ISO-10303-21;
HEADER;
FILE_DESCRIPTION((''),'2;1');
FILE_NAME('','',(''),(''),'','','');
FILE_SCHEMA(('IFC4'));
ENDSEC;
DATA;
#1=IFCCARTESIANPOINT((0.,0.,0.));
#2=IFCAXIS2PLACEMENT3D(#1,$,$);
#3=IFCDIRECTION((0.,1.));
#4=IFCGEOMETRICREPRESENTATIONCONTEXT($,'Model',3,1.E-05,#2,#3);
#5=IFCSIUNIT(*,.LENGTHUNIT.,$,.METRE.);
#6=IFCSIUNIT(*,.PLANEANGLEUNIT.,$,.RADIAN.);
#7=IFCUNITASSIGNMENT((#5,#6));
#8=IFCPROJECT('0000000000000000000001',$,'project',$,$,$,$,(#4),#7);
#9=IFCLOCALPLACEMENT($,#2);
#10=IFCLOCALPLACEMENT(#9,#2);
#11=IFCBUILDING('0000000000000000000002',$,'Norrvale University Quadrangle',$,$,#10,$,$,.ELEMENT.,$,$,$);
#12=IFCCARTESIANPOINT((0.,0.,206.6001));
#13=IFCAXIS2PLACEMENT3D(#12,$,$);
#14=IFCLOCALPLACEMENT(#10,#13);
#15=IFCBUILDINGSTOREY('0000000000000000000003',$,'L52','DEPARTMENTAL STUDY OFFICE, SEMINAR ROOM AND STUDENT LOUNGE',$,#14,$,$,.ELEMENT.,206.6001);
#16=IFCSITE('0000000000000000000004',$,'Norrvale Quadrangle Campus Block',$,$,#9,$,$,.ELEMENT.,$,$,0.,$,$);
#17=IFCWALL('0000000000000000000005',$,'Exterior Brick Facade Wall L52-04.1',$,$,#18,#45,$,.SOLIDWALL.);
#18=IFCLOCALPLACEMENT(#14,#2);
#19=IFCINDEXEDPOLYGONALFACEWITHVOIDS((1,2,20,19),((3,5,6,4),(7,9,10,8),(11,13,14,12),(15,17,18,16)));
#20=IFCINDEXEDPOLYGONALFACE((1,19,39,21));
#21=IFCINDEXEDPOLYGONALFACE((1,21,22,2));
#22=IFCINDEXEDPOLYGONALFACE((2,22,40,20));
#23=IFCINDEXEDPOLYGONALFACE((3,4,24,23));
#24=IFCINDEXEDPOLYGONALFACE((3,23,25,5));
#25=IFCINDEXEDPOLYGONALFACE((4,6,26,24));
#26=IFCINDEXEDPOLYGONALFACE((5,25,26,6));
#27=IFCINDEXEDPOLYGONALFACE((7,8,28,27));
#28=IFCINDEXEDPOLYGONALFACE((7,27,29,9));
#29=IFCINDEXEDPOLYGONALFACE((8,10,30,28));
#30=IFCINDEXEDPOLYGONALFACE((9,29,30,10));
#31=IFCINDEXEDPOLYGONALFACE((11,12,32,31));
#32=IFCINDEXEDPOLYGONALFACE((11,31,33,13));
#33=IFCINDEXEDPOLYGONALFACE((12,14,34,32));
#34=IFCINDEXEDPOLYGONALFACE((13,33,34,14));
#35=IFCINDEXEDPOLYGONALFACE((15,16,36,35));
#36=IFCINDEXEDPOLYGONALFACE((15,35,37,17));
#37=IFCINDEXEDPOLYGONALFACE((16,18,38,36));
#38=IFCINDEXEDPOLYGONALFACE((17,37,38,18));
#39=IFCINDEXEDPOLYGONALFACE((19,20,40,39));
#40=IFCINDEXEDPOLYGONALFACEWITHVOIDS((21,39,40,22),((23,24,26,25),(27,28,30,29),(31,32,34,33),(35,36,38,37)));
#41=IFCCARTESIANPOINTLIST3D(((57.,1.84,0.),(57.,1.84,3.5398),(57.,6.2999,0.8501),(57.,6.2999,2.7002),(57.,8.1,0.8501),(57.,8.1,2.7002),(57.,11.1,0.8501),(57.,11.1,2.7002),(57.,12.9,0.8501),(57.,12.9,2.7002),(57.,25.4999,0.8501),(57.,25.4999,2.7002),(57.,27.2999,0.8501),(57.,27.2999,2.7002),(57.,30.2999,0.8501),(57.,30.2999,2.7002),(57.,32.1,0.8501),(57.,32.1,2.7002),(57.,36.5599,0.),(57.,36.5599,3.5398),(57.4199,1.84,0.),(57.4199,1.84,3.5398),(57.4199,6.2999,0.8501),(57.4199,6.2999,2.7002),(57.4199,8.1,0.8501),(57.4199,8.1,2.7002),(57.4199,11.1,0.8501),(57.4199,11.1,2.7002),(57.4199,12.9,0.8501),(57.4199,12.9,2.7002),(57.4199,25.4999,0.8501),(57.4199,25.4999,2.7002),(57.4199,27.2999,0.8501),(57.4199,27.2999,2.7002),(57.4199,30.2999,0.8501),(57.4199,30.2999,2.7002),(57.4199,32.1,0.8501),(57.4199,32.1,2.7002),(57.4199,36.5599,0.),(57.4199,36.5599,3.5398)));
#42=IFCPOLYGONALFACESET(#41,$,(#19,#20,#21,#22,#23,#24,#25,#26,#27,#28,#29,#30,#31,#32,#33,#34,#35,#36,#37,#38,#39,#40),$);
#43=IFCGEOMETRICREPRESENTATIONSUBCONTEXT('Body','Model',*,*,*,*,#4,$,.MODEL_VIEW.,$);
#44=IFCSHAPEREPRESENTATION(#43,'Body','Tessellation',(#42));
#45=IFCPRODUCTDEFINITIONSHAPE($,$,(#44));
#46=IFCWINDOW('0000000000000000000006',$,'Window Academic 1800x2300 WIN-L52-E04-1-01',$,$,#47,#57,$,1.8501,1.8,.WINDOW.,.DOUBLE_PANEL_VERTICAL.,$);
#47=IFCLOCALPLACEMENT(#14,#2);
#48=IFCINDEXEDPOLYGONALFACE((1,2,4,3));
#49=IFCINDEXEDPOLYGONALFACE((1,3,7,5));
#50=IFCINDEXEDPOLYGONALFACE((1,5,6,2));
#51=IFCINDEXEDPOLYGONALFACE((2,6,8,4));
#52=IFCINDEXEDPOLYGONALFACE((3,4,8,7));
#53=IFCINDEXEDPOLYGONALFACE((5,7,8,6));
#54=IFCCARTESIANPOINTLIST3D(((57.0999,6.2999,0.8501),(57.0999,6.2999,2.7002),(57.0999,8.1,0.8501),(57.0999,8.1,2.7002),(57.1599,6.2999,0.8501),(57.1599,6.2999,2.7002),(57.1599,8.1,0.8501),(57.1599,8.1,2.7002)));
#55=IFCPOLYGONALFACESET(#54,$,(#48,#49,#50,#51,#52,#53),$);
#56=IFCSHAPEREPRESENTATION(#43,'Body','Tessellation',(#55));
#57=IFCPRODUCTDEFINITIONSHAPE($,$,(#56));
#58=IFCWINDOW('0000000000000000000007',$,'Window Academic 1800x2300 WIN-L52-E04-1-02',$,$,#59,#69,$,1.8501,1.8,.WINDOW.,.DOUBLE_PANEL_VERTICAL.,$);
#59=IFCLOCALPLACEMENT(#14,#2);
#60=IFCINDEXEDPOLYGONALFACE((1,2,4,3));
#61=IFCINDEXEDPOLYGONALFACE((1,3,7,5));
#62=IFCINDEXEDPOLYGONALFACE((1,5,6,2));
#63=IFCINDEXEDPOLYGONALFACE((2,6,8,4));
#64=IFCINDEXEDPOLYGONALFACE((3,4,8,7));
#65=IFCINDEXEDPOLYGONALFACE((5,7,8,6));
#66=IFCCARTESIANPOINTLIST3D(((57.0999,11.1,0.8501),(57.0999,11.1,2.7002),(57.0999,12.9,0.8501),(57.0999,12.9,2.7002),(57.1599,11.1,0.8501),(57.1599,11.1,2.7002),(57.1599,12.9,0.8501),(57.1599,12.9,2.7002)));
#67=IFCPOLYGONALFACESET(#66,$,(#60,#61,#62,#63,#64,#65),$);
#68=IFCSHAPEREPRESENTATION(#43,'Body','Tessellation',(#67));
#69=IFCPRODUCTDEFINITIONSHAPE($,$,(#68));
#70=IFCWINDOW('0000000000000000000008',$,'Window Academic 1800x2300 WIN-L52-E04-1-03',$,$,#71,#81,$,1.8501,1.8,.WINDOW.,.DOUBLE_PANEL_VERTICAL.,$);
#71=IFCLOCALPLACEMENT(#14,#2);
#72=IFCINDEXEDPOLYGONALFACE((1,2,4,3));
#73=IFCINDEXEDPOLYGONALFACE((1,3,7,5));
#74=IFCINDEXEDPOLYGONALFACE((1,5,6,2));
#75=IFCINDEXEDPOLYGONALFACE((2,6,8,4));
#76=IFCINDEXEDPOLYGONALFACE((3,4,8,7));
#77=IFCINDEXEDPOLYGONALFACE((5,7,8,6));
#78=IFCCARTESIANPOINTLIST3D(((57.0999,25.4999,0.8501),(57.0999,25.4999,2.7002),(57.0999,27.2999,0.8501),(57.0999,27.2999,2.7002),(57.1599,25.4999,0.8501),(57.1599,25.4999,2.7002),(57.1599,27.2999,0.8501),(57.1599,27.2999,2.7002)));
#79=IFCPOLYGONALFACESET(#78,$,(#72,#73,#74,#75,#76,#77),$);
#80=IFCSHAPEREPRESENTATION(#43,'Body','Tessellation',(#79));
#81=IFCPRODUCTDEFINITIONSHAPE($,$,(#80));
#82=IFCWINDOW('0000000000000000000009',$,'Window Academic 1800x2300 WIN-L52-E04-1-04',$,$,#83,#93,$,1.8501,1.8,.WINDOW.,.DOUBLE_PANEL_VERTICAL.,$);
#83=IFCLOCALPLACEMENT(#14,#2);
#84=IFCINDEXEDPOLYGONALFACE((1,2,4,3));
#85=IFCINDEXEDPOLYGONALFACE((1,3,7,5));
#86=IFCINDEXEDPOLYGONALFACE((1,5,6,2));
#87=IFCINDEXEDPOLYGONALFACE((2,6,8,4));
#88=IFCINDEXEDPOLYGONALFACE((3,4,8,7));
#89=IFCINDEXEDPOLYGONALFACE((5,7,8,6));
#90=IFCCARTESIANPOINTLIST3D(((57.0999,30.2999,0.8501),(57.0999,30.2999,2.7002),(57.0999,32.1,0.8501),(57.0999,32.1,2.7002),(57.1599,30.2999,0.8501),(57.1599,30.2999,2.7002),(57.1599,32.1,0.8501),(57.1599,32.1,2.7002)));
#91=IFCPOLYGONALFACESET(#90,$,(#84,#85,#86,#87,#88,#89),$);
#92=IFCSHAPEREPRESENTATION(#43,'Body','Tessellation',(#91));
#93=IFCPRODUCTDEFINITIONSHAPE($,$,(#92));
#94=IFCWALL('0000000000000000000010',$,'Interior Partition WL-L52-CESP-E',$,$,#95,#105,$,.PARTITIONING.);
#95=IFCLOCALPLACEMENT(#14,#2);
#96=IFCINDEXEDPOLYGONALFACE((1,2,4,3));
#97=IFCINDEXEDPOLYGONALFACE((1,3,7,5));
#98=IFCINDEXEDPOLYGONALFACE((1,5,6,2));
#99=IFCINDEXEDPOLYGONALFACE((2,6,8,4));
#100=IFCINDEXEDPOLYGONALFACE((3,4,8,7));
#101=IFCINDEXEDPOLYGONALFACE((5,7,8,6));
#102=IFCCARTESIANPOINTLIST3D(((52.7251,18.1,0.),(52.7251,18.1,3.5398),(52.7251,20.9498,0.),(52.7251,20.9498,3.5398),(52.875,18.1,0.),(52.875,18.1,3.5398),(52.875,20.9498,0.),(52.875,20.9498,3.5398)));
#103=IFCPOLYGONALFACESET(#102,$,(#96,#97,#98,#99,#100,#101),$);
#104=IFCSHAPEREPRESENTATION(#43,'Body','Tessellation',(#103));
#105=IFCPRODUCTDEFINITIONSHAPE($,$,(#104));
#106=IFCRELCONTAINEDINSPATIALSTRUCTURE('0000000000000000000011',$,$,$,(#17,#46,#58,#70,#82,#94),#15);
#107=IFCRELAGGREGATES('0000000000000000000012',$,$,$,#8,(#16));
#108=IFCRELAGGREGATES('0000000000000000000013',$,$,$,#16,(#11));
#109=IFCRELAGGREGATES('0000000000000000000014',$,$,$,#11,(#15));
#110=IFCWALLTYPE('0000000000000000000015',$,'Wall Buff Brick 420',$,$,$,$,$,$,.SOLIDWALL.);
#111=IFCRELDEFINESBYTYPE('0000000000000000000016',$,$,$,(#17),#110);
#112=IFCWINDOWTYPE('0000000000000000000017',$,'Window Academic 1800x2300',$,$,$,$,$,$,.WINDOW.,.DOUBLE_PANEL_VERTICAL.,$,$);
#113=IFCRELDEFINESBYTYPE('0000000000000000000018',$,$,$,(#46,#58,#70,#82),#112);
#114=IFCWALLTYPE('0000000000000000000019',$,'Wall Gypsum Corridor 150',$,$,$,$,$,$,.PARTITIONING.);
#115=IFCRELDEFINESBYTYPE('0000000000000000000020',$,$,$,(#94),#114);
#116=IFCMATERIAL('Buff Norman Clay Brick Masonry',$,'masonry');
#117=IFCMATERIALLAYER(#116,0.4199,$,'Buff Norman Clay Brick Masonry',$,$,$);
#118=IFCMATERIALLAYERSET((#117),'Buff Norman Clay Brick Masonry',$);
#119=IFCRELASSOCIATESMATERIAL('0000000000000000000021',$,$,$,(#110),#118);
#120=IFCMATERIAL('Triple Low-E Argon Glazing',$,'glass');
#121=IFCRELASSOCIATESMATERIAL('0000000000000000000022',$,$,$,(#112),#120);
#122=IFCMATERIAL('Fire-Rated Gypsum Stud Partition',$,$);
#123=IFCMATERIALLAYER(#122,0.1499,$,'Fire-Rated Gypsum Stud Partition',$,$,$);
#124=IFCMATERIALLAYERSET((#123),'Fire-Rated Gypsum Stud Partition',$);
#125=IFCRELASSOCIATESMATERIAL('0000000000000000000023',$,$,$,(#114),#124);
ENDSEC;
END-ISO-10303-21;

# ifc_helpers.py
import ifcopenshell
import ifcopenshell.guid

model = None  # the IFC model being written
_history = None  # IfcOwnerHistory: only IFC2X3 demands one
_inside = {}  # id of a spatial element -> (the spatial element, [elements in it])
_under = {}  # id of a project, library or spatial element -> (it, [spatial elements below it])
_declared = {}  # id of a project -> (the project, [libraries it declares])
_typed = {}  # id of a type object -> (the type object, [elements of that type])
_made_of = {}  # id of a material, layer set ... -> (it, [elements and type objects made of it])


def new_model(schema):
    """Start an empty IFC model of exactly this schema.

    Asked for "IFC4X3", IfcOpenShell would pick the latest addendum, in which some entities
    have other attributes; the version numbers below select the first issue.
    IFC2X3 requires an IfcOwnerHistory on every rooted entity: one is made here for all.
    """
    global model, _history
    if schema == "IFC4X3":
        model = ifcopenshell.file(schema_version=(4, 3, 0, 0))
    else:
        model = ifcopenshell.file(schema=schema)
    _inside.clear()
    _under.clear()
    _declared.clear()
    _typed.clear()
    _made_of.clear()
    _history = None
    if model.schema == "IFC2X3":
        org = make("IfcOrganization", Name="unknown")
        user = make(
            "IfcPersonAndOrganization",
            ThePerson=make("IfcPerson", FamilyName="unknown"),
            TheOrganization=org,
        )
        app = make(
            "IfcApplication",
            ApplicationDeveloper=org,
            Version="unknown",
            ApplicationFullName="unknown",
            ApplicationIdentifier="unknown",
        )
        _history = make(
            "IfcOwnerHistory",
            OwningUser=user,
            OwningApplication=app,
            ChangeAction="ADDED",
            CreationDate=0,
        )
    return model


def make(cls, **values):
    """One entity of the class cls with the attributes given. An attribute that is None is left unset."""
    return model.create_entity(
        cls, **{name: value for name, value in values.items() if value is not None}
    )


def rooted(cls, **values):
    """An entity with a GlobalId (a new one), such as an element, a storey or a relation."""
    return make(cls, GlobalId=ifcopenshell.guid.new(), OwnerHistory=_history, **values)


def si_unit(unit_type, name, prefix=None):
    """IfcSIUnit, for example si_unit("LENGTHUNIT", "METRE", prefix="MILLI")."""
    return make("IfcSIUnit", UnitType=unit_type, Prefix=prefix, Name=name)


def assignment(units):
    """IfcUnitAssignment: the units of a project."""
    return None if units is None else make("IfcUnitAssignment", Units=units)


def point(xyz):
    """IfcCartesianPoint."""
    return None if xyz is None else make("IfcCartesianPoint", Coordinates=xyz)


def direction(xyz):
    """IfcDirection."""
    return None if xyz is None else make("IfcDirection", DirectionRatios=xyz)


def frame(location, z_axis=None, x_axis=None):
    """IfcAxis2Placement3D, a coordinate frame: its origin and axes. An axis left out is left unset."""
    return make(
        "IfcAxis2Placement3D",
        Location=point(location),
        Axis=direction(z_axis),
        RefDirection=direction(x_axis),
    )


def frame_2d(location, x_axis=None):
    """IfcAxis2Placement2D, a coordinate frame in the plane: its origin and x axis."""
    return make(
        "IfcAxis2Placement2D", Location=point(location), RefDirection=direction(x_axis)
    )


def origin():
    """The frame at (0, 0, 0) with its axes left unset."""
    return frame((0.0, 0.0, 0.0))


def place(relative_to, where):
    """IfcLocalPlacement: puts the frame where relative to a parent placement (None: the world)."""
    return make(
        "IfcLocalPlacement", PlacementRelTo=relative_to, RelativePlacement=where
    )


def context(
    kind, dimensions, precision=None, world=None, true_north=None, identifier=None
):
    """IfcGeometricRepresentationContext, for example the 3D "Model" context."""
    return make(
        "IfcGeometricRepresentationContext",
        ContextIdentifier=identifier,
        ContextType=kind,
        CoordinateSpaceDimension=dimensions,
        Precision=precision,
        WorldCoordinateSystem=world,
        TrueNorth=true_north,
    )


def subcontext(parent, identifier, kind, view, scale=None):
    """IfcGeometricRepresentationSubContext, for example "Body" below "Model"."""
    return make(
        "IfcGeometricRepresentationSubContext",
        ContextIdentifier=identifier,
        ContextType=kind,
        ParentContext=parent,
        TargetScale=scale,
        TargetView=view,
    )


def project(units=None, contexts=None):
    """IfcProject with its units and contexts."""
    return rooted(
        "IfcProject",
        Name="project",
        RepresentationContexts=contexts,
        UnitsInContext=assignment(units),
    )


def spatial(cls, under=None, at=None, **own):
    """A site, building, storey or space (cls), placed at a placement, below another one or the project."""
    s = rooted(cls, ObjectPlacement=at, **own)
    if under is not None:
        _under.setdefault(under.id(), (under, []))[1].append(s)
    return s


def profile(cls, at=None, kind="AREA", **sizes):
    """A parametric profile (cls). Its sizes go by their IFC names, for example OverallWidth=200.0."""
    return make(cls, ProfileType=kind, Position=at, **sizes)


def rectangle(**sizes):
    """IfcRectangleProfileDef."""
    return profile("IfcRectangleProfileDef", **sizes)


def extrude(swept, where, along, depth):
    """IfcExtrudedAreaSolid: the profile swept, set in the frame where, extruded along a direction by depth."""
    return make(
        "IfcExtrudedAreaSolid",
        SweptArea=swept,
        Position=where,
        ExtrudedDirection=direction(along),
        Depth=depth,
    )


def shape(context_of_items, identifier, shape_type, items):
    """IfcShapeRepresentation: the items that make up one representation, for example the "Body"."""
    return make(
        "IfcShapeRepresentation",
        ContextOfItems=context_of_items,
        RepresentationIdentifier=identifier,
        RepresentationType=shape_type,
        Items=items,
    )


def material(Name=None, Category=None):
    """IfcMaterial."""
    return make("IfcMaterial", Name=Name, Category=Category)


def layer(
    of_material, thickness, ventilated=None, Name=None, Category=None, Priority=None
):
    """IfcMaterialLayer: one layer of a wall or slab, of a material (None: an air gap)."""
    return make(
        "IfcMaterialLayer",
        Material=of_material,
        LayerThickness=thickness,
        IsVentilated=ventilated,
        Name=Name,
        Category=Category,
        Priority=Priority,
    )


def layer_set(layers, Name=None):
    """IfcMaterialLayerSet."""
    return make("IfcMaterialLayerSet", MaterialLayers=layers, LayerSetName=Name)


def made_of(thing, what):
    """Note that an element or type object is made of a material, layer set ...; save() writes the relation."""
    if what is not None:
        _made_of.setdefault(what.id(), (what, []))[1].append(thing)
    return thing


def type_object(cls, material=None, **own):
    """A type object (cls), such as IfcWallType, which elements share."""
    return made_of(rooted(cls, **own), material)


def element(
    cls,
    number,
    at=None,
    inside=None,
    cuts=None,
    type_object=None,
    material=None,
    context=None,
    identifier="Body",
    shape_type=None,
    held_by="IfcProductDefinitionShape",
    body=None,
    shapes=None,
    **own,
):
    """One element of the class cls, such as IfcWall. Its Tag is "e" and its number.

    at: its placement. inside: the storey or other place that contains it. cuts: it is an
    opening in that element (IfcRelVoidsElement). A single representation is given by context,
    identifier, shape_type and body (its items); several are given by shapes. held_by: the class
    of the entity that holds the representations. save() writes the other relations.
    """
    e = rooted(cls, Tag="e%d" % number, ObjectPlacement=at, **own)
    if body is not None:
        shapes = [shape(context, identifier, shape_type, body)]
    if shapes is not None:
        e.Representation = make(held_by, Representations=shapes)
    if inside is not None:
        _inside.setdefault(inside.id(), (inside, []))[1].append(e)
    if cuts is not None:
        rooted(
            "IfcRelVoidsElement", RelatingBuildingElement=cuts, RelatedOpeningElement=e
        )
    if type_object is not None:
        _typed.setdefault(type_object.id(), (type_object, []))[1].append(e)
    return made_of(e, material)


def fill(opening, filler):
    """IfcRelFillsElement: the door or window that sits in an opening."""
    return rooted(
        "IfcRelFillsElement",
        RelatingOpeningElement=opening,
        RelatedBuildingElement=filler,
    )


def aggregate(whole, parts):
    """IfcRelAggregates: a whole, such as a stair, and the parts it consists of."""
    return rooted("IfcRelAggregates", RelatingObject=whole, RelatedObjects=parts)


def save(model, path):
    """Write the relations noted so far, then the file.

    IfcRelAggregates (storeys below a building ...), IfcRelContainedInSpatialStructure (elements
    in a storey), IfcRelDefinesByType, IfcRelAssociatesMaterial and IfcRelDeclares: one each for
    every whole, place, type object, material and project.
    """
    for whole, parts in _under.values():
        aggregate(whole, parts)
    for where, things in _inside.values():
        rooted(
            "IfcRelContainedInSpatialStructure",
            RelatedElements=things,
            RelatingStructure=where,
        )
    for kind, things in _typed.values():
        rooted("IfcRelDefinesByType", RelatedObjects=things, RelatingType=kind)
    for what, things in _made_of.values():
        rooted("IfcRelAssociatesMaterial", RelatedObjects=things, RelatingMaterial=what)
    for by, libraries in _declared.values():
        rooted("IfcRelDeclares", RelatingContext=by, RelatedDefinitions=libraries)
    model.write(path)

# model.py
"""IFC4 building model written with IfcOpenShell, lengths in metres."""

from ifc_helpers import new_model, si_unit, direction, frame, frame_2d, origin, place, context, subcontext, project, spatial, rectangle, extrude, material, layer, layer_set, type_object, element, fill, save


model = new_model("IFC4")

# Units and contexts
model_context = context("Model", 3, precision=1e-05, world=origin(), true_north=direction((0.0, 1.0)))
body_context = subcontext(model_context, "Body", "Model", "MODEL_VIEW")
ifc_project = project(units=[si_unit("LENGTHUNIT", "METRE"), si_unit("PLANEANGLEUNIT", "RADIAN")], contexts=[model_context])

# Site, building, storey
site_placement = place(None, origin())
site = spatial("IfcSite", under=ifc_project, at=site_placement, Name="Norrvale Quadrangle Campus Block", CompositionType="ELEMENT", RefElevation=0.0)
building_placement = place(site_placement, origin())
building = spatial("IfcBuilding", under=site, at=building_placement, Name="Norrvale University Quadrangle", CompositionType="ELEMENT")
storey_placement = place(building_placement, frame((0.0, 0.0, 206.6001)))
storey = spatial("IfcBuildingStorey", under=building, at=storey_placement, Name="L52", Description="DEPARTMENTAL STUDY OFFICE, SEMINAR ROOM AND STUDENT LOUNGE", CompositionType="ELEMENT", Elevation=206.6001)

# Shared definitions
ifc_material_1 = material(Name="Buff Norman Clay Brick Masonry", Category="masonry")
ifc_layer_1 = layer(ifc_material_1, 0.4199, Name="Buff Norman Clay Brick Masonry")
ifc_layer_set_1 = layer_set([ifc_layer_1], Name="Buff Norman Clay Brick Masonry")
wall_type_1 = type_object("IfcWallType", Name="Wall Buff Brick 420", PredefinedType="SOLIDWALL", material=ifc_layer_set_1)

# Wall, openings, windows
wall_1_placement = place(storey_placement, frame((57.21, 1.8401, 0.0), z_axis=(0.0, 0.0, 1.0), x_axis=(0.0, 1.0, 0.0)))
wall_1 = element("IfcWall", 1, at=wall_1_placement, inside=storey, type_object=wall_type_1, Name="Exterior Brick Facade Wall L52-04.1", PredefinedType="SOLIDWALL", context=body_context, shape_type="SweptSolid", body=[
    extrude(rectangle(XDim=34.72, YDim=0.4199, at=frame_2d((17.3599, 0.0))), origin(), (0.0, 0.0, 1.0), 3.5398),
])
opening_1_placement = place(wall_1_placement, frame((4.46, 0.0, 0.8501)))
opening_1 = element("IfcOpeningElement", 2, at=opening_1_placement, cuts=wall_1, PredefinedType="OPENING", context=body_context, shape_type="SweptSolid", body=[
    extrude(rectangle(XDim=1.8, YDim=1.8501, at=frame_2d((0.8999, 0.925))), frame((0.0, 0.2219, 0.0), z_axis=(0.0, -1.0, 0.0), x_axis=(1.0, 0.0, 0.0)), (0.0, 0.0, 1.0), 0.4438),
])
opening_2_placement = place(wall_1_placement, frame((9.26, 0.0, 0.8501)))
opening_2 = element("IfcOpeningElement", 3, at=opening_2_placement, cuts=wall_1, PredefinedType="OPENING", context=body_context, shape_type="SweptSolid", body=[
    extrude(rectangle(XDim=1.8, YDim=1.8501, at=frame_2d((0.8999, 0.925))), frame((0.0, 0.2219, 0.0), z_axis=(0.0, -1.0, 0.0), x_axis=(1.0, 0.0, 0.0)), (0.0, 0.0, 1.0), 0.4438),
])
opening_3_placement = place(wall_1_placement, frame((23.6599, 0.0, 0.8501)))
opening_3 = element("IfcOpeningElement", 4, at=opening_3_placement, cuts=wall_1, PredefinedType="OPENING", context=body_context, shape_type="SweptSolid", body=[
    extrude(rectangle(XDim=1.8, YDim=1.8501, at=frame_2d((0.8999, 0.925))), frame((0.0, 0.2219, 0.0), z_axis=(0.0, -1.0, 0.0), x_axis=(1.0, 0.0, 0.0)), (0.0, 0.0, 1.0), 0.4438),
])
opening_4_placement = place(wall_1_placement, frame((28.46, 0.0, 0.8501)))
opening_4 = element("IfcOpeningElement", 5, at=opening_4_placement, cuts=wall_1, PredefinedType="OPENING", context=body_context, shape_type="SweptSolid", body=[
    extrude(rectangle(XDim=1.8, YDim=1.8501, at=frame_2d((0.8999, 0.925))), frame((0.0, 0.2219, 0.0), z_axis=(0.0, -1.0, 0.0), x_axis=(1.0, 0.0, 0.0)), (0.0, 0.0, 1.0), 0.4438),
])
ifc_material_2 = material(Name="Triple Low-E Argon Glazing", Category="glass")
window_type = type_object("IfcWindowType", Name="Window Academic 1800x2300", PartitioningType="DOUBLE_PANEL_VERTICAL", PredefinedType="WINDOW", material=ifc_material_2)
window_1_placement = place(opening_1_placement, origin())
window_1 = element("IfcWindow", 6, at=window_1_placement, inside=storey, type_object=window_type, Name="Window Academic 1800x2300 WIN-L52-E04-1-01", OverallHeight=1.8501, OverallWidth=1.8, PartitioningType="DOUBLE_PANEL_VERTICAL", PredefinedType="WINDOW", context=body_context, shape_type="SweptSolid", body=[
    extrude(rectangle(XDim=1.8, YDim=1.8501, at=frame_2d((0.8999, 0.925))), frame((0.0, 0.1101, 0.0), z_axis=(0.0, -1.0, 0.0), x_axis=(1.0, 0.0, 0.0)), (0.0, 0.0, 1.0), 0.0601),
])
fill(opening_1, window_1)
window_2_placement = place(opening_2_placement, origin())
window_2 = element("IfcWindow", 7, at=window_2_placement, inside=storey, type_object=window_type, Name="Window Academic 1800x2300 WIN-L52-E04-1-02", OverallHeight=1.8501, OverallWidth=1.8, PartitioningType="DOUBLE_PANEL_VERTICAL", PredefinedType="WINDOW", context=body_context, shape_type="SweptSolid", body=[
    extrude(rectangle(XDim=1.8, YDim=1.8501, at=frame_2d((0.8999, 0.925))), frame((0.0, 0.1101, 0.0), z_axis=(0.0, -1.0, 0.0), x_axis=(1.0, 0.0, 0.0)), (0.0, 0.0, 1.0), 0.0601),
])
fill(opening_2, window_2)
window_3_placement = place(opening_3_placement, origin())
window_3 = element("IfcWindow", 8, at=window_3_placement, inside=storey, type_object=window_type, Name="Window Academic 1800x2300 WIN-L52-E04-1-03", OverallHeight=1.8501, OverallWidth=1.8, PartitioningType="DOUBLE_PANEL_VERTICAL", PredefinedType="WINDOW", context=body_context, shape_type="SweptSolid", body=[
    extrude(rectangle(XDim=1.8, YDim=1.8501, at=frame_2d((0.8999, 0.925))), frame((0.0, 0.1101, 0.0), z_axis=(0.0, -1.0, 0.0), x_axis=(1.0, 0.0, 0.0)), (0.0, 0.0, 1.0), 0.0601),
])
fill(opening_3, window_3)
window_4_placement = place(opening_4_placement, origin())
window_4 = element("IfcWindow", 9, at=window_4_placement, inside=storey, type_object=window_type, Name="Window Academic 1800x2300 WIN-L52-E04-1-04", OverallHeight=1.8501, OverallWidth=1.8, PartitioningType="DOUBLE_PANEL_VERTICAL", PredefinedType="WINDOW", context=body_context, shape_type="SweptSolid", body=[
    extrude(rectangle(XDim=1.8, YDim=1.8501, at=frame_2d((0.8999, 0.925))), frame((0.0, 0.1101, 0.0), z_axis=(0.0, -1.0, 0.0), x_axis=(1.0, 0.0, 0.0)), (0.0, 0.0, 1.0), 0.0601),
])
fill(opening_4, window_4)

# Wall
ifc_material_3 = material(Name="Fire-Rated Gypsum Stud Partition")
ifc_layer_2 = layer(ifc_material_3, 0.1499, Name="Fire-Rated Gypsum Stud Partition")
ifc_layer_set_2 = layer_set([ifc_layer_2], Name="Fire-Rated Gypsum Stud Partition")
wall_type_2 = type_object("IfcWallType", Name="Wall Gypsum Corridor 150", PredefinedType="PARTITIONING", material=ifc_layer_set_2)
wall_2_placement = place(storey_placement, frame((52.8, 18.1001, 0.0), z_axis=(0.0, 0.0, 1.0), x_axis=(0.0, 1.0, 0.0)))
element("IfcWall", 10, at=wall_2_placement, inside=storey, type_object=wall_type_2, Name="Interior Partition WL-L52-CESP-E", PredefinedType="PARTITIONING", context=body_context, shape_type="SweptSolid", body=[
    extrude(rectangle(XDim=2.8499, YDim=0.1499, at=frame_2d((1.4248, 0.0))), origin(), (0.0, 0.0, 1.0), 3.5398),
])

save(model, "model.ifc")
